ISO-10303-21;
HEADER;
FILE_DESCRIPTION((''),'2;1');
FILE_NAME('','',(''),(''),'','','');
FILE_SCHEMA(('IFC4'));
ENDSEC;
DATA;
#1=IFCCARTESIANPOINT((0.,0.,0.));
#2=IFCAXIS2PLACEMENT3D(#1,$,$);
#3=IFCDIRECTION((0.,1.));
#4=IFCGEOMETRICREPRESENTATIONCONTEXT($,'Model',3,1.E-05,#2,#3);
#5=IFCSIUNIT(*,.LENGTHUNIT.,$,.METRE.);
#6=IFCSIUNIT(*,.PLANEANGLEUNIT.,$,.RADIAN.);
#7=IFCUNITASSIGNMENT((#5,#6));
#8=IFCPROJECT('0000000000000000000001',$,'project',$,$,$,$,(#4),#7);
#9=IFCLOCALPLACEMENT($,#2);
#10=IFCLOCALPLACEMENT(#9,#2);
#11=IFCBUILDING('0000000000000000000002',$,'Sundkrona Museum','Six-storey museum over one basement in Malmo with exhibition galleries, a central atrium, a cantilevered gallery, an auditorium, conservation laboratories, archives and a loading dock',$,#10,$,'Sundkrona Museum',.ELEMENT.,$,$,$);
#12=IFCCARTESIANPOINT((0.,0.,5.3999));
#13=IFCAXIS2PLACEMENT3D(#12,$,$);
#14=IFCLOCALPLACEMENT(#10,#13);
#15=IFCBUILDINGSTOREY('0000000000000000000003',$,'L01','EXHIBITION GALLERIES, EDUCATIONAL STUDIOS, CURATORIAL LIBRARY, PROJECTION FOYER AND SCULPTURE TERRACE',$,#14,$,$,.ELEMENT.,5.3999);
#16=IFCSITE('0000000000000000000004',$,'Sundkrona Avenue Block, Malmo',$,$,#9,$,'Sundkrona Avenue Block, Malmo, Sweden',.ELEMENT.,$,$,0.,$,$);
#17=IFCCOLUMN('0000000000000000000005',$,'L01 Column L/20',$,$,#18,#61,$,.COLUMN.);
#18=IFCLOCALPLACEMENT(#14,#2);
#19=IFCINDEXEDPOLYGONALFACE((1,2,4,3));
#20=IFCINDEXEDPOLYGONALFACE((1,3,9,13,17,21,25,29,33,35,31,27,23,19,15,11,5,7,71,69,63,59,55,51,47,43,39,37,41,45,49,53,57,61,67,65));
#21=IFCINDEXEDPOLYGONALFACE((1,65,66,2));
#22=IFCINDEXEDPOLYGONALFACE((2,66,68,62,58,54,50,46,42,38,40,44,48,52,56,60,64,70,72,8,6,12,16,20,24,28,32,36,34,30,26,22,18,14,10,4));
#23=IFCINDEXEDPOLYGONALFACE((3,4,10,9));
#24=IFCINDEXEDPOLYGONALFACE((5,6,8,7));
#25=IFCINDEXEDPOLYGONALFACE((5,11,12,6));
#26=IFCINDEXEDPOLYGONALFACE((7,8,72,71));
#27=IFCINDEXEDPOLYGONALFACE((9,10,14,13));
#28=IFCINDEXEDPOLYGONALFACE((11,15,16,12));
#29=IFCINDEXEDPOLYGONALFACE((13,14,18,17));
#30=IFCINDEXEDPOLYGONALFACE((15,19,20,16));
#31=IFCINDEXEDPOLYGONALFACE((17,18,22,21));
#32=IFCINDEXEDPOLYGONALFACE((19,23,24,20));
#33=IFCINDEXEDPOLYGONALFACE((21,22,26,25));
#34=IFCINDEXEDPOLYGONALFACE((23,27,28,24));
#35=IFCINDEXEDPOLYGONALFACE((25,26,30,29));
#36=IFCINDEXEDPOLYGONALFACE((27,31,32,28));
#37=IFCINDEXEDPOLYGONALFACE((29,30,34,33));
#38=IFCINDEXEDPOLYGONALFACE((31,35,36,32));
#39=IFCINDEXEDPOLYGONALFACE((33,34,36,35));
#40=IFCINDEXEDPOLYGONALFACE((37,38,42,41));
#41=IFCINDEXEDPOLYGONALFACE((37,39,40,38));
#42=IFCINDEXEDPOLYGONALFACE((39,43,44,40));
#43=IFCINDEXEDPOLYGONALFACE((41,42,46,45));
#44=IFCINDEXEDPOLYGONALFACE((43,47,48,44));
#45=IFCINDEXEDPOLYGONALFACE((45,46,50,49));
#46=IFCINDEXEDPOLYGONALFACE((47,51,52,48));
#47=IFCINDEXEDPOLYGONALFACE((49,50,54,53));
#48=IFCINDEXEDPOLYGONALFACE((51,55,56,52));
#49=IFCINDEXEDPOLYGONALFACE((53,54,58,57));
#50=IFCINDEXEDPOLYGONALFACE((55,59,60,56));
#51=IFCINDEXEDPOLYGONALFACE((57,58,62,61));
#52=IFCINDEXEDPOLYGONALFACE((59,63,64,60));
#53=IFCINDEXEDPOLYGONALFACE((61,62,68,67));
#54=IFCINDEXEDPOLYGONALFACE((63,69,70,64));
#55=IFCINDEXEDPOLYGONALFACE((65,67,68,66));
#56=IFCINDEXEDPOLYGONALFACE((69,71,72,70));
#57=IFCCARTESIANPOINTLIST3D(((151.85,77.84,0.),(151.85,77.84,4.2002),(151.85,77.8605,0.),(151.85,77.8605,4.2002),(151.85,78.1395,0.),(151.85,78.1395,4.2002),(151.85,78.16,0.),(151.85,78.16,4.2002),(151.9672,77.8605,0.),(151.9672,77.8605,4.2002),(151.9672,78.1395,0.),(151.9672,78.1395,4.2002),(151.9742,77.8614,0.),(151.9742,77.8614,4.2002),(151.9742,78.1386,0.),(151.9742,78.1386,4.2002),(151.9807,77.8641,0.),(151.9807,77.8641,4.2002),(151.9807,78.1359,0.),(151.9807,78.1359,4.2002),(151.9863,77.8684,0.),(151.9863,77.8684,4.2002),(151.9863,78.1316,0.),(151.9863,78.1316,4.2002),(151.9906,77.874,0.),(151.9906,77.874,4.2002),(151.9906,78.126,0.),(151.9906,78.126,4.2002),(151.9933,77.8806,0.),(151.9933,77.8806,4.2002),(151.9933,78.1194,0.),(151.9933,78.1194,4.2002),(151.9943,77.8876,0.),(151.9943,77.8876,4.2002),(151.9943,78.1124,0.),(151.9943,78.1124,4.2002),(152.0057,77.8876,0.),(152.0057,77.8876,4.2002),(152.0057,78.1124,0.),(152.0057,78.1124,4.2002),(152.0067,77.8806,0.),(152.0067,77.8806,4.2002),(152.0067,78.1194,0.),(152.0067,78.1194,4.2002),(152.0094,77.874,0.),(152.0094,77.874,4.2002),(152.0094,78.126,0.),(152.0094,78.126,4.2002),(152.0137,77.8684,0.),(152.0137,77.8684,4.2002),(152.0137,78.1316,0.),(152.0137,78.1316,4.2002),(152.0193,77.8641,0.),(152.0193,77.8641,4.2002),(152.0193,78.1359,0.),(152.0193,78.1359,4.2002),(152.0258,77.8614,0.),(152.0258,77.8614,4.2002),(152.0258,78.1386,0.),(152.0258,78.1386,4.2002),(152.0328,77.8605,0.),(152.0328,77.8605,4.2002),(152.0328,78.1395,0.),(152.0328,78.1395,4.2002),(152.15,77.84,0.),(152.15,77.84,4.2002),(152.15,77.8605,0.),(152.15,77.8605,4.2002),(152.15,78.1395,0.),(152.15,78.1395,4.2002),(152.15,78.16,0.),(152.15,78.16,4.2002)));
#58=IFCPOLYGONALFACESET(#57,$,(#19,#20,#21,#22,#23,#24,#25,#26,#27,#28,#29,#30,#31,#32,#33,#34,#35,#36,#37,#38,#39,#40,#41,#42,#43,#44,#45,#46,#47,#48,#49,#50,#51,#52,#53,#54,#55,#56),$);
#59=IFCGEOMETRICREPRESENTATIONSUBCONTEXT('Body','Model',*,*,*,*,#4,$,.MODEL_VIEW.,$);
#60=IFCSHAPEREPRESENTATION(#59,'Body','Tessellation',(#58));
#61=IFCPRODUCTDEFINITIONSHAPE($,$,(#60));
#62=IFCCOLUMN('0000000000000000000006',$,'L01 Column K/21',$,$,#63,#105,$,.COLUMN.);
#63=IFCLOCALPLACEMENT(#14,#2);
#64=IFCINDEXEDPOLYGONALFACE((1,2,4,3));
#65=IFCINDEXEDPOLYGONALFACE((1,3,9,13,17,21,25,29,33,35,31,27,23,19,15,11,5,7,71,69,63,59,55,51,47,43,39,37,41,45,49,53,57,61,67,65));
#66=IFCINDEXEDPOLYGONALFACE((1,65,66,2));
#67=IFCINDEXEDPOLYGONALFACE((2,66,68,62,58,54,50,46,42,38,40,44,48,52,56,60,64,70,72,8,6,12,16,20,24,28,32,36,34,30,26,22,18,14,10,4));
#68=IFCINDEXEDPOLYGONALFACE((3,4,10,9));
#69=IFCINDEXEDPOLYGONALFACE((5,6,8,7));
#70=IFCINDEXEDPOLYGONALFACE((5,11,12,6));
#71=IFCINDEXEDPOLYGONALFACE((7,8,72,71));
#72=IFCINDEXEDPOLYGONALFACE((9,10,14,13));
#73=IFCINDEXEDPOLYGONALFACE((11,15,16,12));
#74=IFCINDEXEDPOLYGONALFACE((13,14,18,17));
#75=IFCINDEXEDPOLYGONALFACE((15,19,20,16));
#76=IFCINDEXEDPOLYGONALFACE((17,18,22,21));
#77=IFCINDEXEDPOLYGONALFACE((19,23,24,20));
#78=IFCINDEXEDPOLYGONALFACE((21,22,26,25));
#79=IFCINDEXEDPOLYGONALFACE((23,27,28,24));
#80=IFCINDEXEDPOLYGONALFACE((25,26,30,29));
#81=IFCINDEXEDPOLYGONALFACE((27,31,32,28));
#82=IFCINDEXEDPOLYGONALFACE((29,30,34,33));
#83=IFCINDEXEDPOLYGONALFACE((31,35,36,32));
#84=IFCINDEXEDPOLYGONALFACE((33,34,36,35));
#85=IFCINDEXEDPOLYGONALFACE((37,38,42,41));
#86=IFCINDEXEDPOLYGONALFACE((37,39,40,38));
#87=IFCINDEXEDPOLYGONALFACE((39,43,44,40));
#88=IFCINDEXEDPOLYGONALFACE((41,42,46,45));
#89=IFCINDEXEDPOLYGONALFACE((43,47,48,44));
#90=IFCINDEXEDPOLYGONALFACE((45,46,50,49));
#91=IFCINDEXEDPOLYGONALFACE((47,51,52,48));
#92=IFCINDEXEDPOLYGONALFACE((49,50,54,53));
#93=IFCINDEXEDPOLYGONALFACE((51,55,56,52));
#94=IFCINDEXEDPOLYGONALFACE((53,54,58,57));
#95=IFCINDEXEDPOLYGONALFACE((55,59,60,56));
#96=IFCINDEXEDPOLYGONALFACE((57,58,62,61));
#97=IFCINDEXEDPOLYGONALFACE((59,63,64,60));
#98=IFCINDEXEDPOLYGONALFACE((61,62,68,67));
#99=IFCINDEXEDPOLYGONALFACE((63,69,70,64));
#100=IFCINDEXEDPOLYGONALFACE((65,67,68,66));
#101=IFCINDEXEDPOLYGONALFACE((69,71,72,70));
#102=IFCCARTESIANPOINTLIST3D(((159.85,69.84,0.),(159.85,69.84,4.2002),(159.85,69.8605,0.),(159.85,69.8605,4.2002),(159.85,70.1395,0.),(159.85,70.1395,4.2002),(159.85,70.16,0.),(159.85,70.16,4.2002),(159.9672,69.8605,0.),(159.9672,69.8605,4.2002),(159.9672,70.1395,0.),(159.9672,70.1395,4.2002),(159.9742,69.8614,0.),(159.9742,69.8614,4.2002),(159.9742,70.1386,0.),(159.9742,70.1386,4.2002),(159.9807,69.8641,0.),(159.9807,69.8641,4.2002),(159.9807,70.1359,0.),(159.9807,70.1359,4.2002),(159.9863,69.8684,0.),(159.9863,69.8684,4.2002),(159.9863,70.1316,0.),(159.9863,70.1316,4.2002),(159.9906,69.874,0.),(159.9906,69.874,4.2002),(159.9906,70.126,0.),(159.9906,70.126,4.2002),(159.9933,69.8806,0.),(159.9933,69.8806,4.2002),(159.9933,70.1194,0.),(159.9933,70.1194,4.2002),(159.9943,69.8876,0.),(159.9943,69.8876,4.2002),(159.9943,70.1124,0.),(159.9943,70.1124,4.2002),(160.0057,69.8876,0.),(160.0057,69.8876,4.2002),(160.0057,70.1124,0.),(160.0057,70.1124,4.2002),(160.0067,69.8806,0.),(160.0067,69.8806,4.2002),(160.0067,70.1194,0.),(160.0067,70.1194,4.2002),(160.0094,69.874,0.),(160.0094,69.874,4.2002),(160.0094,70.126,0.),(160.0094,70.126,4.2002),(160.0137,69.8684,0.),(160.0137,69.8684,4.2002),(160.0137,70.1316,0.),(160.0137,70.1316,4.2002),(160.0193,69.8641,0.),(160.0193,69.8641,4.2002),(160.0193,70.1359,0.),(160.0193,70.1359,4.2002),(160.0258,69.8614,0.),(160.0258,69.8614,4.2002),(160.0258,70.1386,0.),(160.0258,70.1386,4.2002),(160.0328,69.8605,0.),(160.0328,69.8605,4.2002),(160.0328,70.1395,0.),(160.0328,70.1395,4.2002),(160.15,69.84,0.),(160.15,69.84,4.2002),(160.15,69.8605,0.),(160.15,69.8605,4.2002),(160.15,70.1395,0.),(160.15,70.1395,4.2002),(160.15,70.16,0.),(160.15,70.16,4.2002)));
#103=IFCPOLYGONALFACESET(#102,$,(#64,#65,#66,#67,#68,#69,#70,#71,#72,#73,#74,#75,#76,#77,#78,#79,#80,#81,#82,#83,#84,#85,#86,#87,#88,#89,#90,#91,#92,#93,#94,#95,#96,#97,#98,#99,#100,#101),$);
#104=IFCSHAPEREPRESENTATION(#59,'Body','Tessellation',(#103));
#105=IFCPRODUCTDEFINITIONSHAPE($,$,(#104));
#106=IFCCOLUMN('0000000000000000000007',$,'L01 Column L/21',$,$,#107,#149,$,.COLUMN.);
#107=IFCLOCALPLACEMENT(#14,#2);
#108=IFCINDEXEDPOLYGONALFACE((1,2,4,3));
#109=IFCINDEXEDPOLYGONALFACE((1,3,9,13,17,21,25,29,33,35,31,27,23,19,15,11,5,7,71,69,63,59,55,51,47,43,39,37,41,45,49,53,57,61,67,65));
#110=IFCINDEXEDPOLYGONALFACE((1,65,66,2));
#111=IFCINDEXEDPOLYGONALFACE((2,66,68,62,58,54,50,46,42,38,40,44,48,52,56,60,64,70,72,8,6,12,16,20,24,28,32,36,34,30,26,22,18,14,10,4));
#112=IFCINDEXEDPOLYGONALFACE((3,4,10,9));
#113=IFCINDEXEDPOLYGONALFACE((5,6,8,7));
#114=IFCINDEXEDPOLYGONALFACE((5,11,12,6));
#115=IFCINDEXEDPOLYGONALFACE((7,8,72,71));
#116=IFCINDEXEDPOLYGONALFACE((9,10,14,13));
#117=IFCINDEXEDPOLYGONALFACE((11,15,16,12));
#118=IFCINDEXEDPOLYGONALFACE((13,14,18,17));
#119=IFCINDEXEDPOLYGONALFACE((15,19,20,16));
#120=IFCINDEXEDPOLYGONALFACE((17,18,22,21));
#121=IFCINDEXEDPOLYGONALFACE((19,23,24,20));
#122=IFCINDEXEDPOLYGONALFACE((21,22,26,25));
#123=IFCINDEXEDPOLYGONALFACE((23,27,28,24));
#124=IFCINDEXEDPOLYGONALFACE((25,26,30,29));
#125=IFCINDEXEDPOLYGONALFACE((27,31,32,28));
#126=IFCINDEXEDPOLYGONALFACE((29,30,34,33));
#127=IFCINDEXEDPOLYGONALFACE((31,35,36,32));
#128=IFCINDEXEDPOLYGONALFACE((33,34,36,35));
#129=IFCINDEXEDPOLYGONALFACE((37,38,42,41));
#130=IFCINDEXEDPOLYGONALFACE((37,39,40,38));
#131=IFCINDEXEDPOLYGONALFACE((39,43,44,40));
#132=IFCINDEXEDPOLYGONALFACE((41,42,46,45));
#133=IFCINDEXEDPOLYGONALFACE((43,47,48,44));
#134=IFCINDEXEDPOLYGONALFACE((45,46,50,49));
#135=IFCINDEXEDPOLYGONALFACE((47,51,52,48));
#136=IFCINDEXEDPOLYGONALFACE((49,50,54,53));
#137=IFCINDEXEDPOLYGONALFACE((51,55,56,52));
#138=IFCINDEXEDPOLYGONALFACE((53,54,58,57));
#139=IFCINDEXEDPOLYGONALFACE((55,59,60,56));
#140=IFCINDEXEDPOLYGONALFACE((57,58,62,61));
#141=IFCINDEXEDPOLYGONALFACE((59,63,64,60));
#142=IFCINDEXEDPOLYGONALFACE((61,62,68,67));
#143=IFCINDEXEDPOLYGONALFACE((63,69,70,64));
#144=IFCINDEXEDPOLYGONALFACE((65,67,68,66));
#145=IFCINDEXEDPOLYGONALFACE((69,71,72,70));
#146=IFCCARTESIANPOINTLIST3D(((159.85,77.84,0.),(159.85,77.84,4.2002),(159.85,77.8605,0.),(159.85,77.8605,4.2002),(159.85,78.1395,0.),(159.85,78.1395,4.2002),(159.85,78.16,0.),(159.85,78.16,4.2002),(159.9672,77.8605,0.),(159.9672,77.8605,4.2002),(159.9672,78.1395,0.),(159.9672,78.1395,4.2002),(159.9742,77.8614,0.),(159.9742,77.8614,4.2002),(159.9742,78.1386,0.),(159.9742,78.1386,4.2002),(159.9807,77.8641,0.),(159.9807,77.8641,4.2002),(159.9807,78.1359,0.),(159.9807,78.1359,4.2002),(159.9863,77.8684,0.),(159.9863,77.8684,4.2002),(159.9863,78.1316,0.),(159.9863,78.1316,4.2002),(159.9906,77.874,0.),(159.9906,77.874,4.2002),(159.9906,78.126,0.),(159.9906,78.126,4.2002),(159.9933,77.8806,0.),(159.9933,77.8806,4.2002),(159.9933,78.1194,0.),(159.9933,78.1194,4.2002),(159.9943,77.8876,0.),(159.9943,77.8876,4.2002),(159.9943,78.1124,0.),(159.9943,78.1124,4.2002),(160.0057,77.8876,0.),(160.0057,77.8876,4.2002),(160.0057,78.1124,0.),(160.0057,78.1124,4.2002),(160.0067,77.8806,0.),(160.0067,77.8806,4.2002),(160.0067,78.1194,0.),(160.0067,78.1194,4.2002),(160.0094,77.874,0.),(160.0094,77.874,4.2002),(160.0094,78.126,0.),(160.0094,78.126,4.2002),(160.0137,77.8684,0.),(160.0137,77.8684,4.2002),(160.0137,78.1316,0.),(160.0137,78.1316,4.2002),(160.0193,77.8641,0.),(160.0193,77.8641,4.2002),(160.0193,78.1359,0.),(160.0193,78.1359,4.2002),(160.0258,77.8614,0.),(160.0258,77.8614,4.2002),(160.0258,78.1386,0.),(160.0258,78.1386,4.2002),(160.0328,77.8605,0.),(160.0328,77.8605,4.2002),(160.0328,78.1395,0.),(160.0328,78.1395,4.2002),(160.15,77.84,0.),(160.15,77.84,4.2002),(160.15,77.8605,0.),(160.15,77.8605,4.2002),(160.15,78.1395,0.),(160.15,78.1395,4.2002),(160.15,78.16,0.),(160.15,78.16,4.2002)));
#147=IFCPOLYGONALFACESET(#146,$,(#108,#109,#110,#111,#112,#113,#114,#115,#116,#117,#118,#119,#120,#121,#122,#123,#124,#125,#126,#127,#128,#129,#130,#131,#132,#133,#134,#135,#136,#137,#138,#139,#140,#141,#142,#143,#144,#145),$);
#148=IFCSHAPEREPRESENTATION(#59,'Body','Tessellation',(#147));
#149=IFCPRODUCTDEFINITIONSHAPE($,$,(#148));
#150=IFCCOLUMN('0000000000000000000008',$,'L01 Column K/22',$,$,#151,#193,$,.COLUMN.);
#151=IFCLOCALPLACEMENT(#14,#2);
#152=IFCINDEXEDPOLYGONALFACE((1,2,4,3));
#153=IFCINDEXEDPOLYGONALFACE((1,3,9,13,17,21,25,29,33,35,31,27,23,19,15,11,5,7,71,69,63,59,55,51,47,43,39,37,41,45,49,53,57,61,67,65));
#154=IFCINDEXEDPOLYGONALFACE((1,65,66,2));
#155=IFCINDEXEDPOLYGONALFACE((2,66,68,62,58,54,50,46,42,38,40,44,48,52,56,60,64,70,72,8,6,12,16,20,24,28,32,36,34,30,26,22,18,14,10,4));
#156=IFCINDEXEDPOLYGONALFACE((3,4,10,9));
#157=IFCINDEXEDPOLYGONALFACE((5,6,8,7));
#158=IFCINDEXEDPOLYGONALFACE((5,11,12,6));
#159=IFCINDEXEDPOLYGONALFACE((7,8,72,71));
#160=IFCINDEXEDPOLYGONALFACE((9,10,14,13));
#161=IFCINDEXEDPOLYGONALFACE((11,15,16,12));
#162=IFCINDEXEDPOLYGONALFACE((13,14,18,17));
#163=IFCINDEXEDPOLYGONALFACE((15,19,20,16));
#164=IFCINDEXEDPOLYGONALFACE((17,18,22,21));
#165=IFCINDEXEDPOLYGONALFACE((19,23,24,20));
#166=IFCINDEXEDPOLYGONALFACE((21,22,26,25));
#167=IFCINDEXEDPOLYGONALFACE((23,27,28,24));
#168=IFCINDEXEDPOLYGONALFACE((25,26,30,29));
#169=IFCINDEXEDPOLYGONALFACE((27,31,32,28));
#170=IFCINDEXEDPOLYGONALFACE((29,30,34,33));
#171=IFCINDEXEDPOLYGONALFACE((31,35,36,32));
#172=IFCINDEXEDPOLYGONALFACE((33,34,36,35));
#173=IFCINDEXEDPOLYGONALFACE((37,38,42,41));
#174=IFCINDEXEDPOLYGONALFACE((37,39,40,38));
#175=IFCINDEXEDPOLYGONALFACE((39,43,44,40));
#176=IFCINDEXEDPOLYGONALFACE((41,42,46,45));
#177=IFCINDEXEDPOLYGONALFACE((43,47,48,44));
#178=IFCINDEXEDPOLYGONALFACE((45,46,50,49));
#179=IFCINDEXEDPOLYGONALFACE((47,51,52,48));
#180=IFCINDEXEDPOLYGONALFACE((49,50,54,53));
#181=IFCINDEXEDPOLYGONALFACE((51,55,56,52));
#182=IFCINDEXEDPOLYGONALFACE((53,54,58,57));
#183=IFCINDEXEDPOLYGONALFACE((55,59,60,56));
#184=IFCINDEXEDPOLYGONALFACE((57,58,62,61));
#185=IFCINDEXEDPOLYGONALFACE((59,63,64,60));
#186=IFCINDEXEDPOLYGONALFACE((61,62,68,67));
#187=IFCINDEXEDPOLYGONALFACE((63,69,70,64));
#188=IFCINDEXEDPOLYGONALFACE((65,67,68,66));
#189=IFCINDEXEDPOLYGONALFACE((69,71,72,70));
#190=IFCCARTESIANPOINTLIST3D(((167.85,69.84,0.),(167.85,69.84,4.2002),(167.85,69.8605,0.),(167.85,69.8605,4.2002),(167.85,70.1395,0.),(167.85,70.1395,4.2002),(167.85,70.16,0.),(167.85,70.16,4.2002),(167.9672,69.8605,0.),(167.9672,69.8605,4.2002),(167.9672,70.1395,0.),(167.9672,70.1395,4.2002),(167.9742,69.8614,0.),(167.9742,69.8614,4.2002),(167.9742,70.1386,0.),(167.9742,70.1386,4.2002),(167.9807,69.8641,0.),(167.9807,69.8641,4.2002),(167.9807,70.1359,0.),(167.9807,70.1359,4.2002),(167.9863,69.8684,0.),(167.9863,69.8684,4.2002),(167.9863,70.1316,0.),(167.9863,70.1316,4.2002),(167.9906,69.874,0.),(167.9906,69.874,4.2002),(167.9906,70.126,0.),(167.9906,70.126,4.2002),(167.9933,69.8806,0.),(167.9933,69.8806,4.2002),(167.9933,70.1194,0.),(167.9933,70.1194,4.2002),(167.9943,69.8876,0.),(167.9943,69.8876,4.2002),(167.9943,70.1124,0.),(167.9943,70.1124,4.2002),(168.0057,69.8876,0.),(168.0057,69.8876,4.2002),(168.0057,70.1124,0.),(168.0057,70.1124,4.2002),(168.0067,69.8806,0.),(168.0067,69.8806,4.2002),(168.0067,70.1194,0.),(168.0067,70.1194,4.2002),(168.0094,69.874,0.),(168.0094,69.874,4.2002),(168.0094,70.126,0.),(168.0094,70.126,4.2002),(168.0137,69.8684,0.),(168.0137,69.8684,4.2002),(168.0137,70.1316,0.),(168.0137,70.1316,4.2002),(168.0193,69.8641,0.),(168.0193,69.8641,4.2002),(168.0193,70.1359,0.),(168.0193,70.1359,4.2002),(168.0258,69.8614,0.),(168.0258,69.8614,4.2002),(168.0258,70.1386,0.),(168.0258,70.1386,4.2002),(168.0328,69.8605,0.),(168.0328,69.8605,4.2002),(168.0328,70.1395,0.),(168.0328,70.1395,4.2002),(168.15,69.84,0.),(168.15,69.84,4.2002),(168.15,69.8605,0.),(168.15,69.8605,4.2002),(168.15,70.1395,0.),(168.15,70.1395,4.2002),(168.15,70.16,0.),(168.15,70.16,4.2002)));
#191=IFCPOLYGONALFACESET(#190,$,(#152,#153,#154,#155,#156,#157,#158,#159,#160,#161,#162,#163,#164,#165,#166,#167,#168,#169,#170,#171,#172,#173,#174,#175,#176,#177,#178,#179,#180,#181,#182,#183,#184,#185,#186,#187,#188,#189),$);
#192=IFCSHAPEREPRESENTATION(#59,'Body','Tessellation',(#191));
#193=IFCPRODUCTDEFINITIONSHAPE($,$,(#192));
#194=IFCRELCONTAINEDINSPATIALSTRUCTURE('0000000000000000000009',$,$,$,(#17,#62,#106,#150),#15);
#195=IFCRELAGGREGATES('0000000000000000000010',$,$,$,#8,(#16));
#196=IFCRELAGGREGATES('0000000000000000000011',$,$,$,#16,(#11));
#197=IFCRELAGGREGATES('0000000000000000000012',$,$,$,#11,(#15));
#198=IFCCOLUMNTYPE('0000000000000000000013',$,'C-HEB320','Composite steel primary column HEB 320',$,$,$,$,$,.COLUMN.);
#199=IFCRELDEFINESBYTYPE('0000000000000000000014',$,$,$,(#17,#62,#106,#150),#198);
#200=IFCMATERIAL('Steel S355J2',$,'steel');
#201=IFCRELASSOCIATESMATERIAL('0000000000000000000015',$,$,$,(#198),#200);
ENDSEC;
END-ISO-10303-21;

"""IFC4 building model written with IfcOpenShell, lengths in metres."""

from ifc_helpers import new_model, si_unit, direction, frame, origin, origin_2d, place, context, subcontext, project, spatial, i_section, extrude, material, material_profile, profile_set, type_object, element, save


model = new_model("IFC4")

# Units and contexts
model_context = context("Model", 3, precision=1e-05, world=origin(), true_north=direction((0.0, 1.0)))
body_context = subcontext(model_context, "Body", "Model", "MODEL_VIEW")
ifc_project = project(units=[si_unit("LENGTHUNIT", "METRE"), si_unit("PLANEANGLEUNIT", "RADIAN")], contexts=[model_context])

# Site, building, storey
site_placement = place(None, origin())
site = spatial("IfcSite", under=ifc_project, at=site_placement, Name="Sundkrona Avenue Block, Malmo", LongName="Sundkrona Avenue Block, Malmo, Sweden", CompositionType="ELEMENT", RefElevation=0.0)
building_placement = place(site_placement, origin())
building = spatial("IfcBuilding", under=site, at=building_placement, Name="Sundkrona Museum", Description="Six-storey museum over one basement in Malmo with exhibition galleries, a central atrium, a cantilevered gallery, an auditorium, conservation laboratories, archives and a loading dock", LongName="Sundkrona Museum", CompositionType="ELEMENT")
storey_placement = place(building_placement, frame((0.0, 0.0, 5.3999)))
storey = spatial("IfcBuildingStorey", under=building, at=storey_placement, Name="L01", Description="EXHIBITION GALLERIES, EDUCATIONAL STUDIOS, CURATORIAL LIBRARY, PROJECTION FOYER AND SCULPTURE TERRACE", CompositionType="ELEMENT", Elevation=5.3999)

# Columns
ifc_material_1 = material(Name="Steel S355J2", Category="steel")
ifc_material_profile_1 = material_profile(ifc_material_1, i_section(OverallWidth=0.3, OverallDepth=0.3201, WebThickness=0.0115, FlangeThickness=0.0205, FilletRadius=0.0271, at=origin_2d()), Name="HEB 320")
ifc_profile_set_1 = profile_set([ifc_material_profile_1], Name="Steel S355J2")
column_type = type_object("IfcColumnType", Name="C-HEB320", Description="Composite steel primary column HEB 320", PredefinedType="COLUMN", material=ifc_profile_set_1)
for number, where, z_axis, x_axis, name in (
    (1, (152.0, 78.0, 0.0), (0.0, 0.0, 1.0), (1.0, 0.0, 0.0), "L01 Column L/20"),
    (2, (160.0, 70.0, 0.0), (0.0, 0.0, 1.0), (1.0, 0.0, 0.0), "L01 Column K/21"),
    (3, (160.0, 78.0, 0.0), (0.0, 0.0, 1.0), (1.0, 0.0, 0.0), "L01 Column L/21"),
    (4, (168.0, 70.0, 0.0), (0.0, 0.0, 1.0), (1.0, 0.0, 0.0), "L01 Column K/22"),
):
    element("IfcColumn", number, at=place(storey_placement, frame(where, z_axis=z_axis, x_axis=x_axis)), inside=storey, type_object=column_type, Name=name, PredefinedType="COLUMN", context=body_context, shape_type="SweptSolid", body=[
        extrude(i_section(OverallWidth=0.3, OverallDepth=0.3201, WebThickness=0.0115, FlangeThickness=0.0205, FilletRadius=0.0271, at=origin_2d()), origin(), (0.0, 0.0, 1.0), 4.2002),
    ])

save(model, "model.ifc")
